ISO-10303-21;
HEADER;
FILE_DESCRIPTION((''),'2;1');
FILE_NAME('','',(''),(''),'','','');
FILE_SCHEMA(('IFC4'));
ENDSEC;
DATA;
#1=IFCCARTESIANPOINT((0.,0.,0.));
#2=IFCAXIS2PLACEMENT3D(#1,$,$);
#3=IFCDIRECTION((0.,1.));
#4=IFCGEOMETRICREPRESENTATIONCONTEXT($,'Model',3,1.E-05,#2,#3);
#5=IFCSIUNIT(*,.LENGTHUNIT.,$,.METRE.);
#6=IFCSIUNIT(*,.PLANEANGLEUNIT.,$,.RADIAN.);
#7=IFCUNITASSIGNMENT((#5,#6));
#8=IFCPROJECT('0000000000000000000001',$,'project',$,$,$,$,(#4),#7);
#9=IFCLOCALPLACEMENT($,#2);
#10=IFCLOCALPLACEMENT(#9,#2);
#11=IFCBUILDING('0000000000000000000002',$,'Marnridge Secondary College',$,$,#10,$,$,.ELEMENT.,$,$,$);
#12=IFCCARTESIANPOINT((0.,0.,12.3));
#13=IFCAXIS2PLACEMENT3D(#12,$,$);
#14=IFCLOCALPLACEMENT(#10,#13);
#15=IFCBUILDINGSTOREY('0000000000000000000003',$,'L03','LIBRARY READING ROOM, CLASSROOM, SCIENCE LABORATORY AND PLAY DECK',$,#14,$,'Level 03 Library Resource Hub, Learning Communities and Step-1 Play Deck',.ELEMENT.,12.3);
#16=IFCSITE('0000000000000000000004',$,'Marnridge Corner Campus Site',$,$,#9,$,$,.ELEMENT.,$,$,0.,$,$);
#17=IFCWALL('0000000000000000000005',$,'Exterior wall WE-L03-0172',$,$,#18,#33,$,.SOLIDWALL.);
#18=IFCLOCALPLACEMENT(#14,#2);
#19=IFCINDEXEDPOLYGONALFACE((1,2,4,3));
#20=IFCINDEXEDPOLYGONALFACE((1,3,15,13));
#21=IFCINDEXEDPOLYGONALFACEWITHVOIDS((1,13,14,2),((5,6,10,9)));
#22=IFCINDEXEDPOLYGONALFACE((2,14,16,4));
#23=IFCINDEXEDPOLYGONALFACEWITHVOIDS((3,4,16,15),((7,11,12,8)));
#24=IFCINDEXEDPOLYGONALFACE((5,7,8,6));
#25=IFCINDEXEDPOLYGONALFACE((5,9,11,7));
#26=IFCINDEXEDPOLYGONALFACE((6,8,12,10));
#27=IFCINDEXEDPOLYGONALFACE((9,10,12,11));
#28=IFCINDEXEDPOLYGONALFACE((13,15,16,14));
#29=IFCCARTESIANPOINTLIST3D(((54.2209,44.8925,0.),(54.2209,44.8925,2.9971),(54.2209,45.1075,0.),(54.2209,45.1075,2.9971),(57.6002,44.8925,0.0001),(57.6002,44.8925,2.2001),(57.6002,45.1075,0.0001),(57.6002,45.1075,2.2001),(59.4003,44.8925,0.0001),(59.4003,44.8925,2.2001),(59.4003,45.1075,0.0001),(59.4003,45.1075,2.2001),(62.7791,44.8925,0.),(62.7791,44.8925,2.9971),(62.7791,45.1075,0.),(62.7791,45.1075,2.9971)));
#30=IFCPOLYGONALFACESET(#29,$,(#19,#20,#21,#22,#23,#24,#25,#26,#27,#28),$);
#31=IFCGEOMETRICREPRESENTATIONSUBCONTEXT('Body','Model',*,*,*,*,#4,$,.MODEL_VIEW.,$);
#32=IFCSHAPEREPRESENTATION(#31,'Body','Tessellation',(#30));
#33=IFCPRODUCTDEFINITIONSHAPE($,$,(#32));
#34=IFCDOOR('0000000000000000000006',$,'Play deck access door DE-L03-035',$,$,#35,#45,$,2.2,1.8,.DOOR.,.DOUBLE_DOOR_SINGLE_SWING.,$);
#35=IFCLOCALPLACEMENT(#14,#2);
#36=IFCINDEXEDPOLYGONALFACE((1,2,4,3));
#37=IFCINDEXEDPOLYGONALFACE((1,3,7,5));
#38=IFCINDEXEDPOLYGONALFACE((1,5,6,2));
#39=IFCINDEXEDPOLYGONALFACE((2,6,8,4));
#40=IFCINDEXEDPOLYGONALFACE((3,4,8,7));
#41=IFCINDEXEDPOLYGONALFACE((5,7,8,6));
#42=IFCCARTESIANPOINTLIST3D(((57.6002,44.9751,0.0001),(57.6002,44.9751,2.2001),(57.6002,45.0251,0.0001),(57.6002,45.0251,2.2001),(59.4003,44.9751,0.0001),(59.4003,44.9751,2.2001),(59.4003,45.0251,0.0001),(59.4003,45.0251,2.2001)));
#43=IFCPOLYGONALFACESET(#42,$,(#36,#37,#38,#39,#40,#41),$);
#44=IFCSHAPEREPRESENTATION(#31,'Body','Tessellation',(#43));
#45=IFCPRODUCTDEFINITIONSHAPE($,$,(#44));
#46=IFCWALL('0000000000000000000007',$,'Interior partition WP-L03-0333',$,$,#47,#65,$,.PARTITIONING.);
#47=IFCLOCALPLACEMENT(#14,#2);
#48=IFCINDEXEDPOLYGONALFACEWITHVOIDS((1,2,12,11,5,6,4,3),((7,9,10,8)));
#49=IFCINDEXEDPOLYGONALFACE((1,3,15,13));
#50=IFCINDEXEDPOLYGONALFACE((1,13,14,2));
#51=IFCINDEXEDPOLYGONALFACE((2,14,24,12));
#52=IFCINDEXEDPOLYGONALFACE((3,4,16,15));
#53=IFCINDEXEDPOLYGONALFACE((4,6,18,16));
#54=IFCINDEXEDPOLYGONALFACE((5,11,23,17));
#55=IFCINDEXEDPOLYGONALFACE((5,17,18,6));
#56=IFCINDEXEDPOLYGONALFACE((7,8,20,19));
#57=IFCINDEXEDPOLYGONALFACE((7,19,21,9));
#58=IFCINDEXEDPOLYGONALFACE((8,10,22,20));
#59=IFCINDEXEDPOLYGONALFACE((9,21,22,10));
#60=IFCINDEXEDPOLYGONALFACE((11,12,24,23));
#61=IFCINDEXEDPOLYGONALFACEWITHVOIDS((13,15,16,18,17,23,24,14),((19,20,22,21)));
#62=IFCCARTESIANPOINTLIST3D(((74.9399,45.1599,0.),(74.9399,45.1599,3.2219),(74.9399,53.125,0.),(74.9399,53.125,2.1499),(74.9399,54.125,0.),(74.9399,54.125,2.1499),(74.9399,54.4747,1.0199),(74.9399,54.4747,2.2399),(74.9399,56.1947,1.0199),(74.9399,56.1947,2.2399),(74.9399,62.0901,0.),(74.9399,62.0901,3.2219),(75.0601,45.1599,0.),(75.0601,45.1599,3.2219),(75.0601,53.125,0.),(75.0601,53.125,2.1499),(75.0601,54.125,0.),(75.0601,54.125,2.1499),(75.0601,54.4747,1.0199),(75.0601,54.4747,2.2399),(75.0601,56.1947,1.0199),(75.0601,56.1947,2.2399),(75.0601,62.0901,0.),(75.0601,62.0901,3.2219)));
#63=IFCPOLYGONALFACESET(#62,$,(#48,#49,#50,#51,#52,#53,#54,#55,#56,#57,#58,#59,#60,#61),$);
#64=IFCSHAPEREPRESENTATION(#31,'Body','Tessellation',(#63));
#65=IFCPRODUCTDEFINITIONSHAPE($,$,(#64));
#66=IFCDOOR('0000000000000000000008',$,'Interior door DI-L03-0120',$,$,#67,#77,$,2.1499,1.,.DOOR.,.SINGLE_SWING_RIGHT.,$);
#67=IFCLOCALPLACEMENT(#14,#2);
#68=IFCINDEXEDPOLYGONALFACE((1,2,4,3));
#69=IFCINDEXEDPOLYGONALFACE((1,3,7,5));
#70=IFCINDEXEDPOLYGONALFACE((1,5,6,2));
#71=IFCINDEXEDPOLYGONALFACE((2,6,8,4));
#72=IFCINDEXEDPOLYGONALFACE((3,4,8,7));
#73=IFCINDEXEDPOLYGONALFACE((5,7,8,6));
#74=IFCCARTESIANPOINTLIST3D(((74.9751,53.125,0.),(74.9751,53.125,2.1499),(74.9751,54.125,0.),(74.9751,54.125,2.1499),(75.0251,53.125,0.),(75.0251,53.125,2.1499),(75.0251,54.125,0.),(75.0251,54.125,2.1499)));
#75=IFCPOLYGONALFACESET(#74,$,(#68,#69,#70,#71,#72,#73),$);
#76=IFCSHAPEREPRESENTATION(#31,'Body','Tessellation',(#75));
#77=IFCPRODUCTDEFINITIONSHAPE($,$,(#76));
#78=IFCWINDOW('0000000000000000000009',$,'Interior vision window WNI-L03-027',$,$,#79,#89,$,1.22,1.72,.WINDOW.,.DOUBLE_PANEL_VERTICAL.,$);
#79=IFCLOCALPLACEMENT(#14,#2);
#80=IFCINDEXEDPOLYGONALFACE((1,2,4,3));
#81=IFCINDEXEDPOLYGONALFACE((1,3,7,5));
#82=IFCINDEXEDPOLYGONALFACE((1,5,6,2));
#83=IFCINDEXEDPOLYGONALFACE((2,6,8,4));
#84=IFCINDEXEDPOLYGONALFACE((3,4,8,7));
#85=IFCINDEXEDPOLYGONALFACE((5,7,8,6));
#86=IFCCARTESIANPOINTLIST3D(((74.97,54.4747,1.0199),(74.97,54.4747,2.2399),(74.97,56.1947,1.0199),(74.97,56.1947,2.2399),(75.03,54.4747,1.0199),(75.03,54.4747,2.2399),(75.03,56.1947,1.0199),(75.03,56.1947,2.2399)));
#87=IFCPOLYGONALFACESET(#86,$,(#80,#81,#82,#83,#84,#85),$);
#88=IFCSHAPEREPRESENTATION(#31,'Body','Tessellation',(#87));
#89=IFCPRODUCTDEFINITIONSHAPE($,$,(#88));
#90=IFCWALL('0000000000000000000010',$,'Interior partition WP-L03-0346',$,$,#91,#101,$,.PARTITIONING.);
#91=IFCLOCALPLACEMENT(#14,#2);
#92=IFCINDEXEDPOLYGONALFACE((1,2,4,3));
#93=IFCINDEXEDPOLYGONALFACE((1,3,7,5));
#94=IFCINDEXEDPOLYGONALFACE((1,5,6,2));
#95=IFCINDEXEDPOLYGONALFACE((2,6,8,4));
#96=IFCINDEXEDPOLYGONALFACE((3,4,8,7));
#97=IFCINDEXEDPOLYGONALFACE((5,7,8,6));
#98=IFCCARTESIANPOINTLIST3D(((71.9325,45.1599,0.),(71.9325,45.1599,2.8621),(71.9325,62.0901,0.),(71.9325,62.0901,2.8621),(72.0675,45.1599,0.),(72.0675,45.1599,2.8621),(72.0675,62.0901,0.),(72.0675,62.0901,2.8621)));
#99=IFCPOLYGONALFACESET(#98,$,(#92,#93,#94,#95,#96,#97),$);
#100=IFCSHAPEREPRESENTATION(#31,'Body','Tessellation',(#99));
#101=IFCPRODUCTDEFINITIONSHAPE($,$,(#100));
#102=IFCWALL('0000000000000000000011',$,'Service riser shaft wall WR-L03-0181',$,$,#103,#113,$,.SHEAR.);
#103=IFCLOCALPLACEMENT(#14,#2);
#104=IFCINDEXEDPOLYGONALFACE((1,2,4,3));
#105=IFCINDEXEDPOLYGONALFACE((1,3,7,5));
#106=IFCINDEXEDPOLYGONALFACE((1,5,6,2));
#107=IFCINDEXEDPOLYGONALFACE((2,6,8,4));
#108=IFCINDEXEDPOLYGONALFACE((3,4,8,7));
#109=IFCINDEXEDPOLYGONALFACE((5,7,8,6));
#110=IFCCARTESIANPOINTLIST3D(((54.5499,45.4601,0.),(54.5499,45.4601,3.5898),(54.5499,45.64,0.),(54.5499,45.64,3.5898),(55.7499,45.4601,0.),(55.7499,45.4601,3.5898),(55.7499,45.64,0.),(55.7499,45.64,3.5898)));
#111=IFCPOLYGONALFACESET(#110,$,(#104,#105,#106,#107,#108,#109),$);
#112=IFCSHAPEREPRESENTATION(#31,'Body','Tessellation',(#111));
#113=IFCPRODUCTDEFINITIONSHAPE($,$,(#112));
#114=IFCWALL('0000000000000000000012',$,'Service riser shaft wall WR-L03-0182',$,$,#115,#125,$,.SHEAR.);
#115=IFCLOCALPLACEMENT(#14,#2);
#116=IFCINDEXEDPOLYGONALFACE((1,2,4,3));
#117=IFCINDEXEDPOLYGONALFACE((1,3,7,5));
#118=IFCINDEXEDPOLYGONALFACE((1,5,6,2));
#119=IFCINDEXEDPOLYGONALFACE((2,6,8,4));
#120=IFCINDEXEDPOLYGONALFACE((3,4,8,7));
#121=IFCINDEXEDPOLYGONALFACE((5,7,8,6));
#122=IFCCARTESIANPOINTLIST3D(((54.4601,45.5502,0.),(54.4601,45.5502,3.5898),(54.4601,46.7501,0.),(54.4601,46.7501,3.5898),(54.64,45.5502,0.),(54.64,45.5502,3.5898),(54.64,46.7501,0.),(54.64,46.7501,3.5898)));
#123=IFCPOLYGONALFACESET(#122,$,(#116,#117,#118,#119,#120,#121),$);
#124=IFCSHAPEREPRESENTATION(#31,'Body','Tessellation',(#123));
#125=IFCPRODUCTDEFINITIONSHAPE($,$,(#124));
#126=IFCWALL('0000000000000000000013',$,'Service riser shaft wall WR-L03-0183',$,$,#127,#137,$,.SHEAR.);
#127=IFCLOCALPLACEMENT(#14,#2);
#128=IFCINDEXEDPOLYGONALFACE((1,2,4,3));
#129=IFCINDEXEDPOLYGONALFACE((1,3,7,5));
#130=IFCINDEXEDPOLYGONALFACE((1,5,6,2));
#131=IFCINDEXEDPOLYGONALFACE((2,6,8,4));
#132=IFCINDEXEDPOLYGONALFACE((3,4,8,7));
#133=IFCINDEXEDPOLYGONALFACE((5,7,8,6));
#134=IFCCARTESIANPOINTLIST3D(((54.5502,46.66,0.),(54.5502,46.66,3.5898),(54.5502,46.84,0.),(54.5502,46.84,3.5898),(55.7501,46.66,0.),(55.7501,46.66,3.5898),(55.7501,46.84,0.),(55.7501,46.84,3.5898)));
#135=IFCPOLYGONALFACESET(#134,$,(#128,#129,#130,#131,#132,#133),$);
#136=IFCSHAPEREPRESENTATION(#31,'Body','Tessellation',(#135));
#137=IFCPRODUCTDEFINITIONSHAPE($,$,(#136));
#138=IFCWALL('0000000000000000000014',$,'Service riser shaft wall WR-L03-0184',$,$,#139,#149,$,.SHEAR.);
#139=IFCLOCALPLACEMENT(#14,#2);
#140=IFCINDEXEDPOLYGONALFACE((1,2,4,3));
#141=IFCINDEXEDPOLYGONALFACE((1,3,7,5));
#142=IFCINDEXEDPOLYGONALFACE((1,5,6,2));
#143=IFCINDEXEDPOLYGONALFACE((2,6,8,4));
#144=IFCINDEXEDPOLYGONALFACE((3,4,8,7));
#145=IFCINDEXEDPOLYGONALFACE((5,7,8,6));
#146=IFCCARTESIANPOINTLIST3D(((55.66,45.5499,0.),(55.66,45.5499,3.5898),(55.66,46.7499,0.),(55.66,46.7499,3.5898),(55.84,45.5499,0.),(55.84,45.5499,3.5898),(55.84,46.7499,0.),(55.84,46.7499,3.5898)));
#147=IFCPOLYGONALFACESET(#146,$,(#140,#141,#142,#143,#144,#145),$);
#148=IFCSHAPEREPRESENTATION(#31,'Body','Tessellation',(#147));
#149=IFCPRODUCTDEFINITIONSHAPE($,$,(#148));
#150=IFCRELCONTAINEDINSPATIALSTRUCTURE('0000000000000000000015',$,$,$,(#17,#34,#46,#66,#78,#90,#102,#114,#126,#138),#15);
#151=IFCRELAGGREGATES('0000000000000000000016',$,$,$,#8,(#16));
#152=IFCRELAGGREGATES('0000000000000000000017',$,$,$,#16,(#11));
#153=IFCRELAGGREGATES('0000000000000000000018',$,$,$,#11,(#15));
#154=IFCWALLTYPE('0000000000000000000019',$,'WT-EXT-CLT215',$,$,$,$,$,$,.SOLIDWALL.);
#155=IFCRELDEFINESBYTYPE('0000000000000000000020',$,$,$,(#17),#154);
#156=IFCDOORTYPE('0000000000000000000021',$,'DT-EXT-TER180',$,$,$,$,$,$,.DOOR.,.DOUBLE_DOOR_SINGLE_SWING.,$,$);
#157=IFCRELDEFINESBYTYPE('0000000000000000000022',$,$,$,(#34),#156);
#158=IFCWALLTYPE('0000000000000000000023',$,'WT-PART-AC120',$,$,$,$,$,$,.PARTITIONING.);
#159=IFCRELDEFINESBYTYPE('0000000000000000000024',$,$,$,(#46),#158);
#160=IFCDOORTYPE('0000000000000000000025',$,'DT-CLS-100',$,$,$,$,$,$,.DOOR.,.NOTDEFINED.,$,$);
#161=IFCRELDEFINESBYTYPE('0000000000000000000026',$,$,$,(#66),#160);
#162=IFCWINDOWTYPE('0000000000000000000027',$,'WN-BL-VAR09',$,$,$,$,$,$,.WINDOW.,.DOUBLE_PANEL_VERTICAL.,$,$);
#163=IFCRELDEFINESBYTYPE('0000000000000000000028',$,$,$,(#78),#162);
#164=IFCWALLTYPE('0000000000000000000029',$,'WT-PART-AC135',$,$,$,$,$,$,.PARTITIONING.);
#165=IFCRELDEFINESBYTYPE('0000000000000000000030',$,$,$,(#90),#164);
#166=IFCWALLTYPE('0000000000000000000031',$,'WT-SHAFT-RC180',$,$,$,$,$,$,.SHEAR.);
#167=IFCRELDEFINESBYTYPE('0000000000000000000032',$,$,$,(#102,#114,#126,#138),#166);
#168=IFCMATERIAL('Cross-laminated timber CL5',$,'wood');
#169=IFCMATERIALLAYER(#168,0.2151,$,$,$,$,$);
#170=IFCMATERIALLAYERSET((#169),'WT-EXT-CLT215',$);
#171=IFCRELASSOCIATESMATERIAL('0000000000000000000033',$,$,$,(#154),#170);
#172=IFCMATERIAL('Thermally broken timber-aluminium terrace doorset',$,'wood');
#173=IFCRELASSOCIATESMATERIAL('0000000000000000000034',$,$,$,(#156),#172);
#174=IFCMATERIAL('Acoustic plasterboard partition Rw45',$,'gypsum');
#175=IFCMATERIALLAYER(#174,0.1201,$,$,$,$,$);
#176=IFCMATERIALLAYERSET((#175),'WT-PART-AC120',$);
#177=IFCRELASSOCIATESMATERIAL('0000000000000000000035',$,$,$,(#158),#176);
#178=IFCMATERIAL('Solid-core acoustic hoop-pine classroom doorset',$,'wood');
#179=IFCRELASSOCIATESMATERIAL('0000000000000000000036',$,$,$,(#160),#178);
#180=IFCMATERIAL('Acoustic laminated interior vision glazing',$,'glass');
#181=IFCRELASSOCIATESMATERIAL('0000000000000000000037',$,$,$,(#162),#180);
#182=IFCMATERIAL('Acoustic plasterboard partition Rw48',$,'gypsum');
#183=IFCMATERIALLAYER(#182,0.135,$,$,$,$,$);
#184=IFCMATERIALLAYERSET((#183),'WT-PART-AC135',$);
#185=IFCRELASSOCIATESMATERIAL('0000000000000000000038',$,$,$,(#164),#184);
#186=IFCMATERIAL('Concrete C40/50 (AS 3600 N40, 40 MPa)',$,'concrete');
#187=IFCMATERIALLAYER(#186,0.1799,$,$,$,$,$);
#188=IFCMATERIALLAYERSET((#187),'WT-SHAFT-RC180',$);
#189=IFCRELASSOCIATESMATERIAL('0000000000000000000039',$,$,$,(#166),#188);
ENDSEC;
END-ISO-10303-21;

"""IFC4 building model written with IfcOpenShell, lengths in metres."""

from ifc_helpers import new_model, si_unit, direction, frame, frame_2d, origin, place, context, subcontext, project, spatial, rectangle, extrude, material, layer, layer_set, type_object, element, fill, save


model = new_model("IFC4")

# Units and contexts
model_context = context("Model", 3, precision=1e-05, world=origin(), true_north=direction((0.0, 1.0)))
body_context = subcontext(model_context, "Body", "Model", "MODEL_VIEW")
ifc_project = project(units=[si_unit("LENGTHUNIT", "METRE"), si_unit("PLANEANGLEUNIT", "RADIAN")], contexts=[model_context])

# Site, building, storey
site_placement = place(None, origin())
site = spatial("IfcSite", under=ifc_project, at=site_placement, Name="Marnridge Corner Campus Site", CompositionType="ELEMENT", RefElevation=0.0)
building_placement = place(site_placement, origin())
building = spatial("IfcBuilding", under=site, at=building_placement, Name="Marnridge Secondary College", CompositionType="ELEMENT")
storey_placement = place(building_placement, frame((0.0, 0.0, 12.3)))
storey = spatial("IfcBuildingStorey", under=building, at=storey_placement, Name="L03", Description="LIBRARY READING ROOM, CLASSROOM, SCIENCE LABORATORY AND PLAY DECK", LongName="Level 03 Library Resource Hub, Learning Communities and Step-1 Play Deck", CompositionType="ELEMENT", Elevation=12.3)

# Wall, opening, door
ifc_material_1 = material(Name="Cross-laminated timber CL5", Category="wood")
ifc_layer_1 = layer(ifc_material_1, 0.2151)
ifc_layer_set_1 = layer_set([ifc_layer_1], Name="WT-EXT-CLT215")
wall_type_1 = type_object("IfcWallType", Name="WT-EXT-CLT215", PredefinedType="SOLIDWALL", material=ifc_layer_set_1)
ifc_material_2 = material(Name="Thermally broken timber-aluminium terrace doorset", Category="wood")
door_type_1 = type_object("IfcDoorType", Name="DT-EXT-TER180", OperationType="DOUBLE_DOOR_SINGLE_SWING", PredefinedType="DOOR", material=ifc_material_2)
wall_1_placement = place(storey_placement, frame((62.7791, 45.0, 0.0), z_axis=(0.0, 0.0, 1.0), x_axis=(-1.0, 0.0, 0.0)))
wall_1 = element("IfcWall", 1, at=wall_1_placement, inside=storey, type_object=wall_type_1, Name="Exterior wall WE-L03-0172", PredefinedType="SOLIDWALL", context=body_context, shape_type="SweptSolid", body=[
    extrude(rectangle(XDim=8.5581, YDim=0.2151, at=frame_2d((4.2791, 0.0))), origin(), (0.0, 0.0, 1.0), 2.9971),
])
opening_1_placement = place(wall_1_placement, frame((3.3789, 0.0, 0.0)))
opening_1 = element("IfcOpeningElement", 2, at=opening_1_placement, cuts=wall_1, PredefinedType="OPENING", context=body_context, shape_type="SweptSolid", body=[
    extrude(rectangle(XDim=1.8, YDim=2.2, at=frame_2d((0.8999, 1.1001))), frame((0.0, 0.1174, 0.0), z_axis=(0.0, -1.0, 0.0), x_axis=(1.0, 0.0, 0.0)), (0.0, 0.0, 1.0), 0.2351),
])
door_1_placement = place(opening_1_placement, origin())
door_1 = element("IfcDoor", 3, at=door_1_placement, inside=storey, type_object=door_type_1, Name="Play deck access door DE-L03-035", OperationType="DOUBLE_DOOR_SINGLE_SWING", OverallHeight=2.2, OverallWidth=1.8, PredefinedType="DOOR", context=body_context, shape_type="SweptSolid", body=[
    extrude(rectangle(XDim=1.8, YDim=2.2, at=frame_2d((0.8999, 1.1001))), frame((0.0, 0.0249, 0.0), z_axis=(0.0, -1.0, 0.0), x_axis=(1.0, 0.0, 0.0)), (0.0, 0.0, 1.0), 0.05),
])
fill(opening_1, door_1)

# Wall, openings, door, window
ifc_material_3 = material(Name="Acoustic plasterboard partition Rw45", Category="gypsum")
ifc_layer_2 = layer(ifc_material_3, 0.1201)
ifc_layer_set_2 = layer_set([ifc_layer_2], Name="WT-PART-AC120")
wall_type_2 = type_object("IfcWallType", Name="WT-PART-AC120", PredefinedType="PARTITIONING", material=ifc_layer_set_2)
wall_2_placement = place(storey_placement, frame((75.0, 45.1599, 0.0), z_axis=(0.0, 0.0, 1.0), x_axis=(0.0, 1.0, 0.0)))
wall_2 = element("IfcWall", 4, at=wall_2_placement, inside=storey, type_object=wall_type_2, Name="Interior partition WP-L03-0333", PredefinedType="PARTITIONING", context=body_context, shape_type="SweptSolid", body=[
    extrude(rectangle(XDim=16.9302, YDim=0.1201, at=frame_2d((8.4651, 0.0))), origin(), (0.0, 0.0, 1.0), 3.2219),
])
opening_2_placement = place(wall_2_placement, frame((7.9651, 0.0, 0.0)))
opening_2 = element("IfcOpeningElement", 5, at=opening_2_placement, cuts=wall_2, PredefinedType="OPENING", context=body_context, shape_type="SweptSolid", body=[
    extrude(rectangle(XDim=1.0, YDim=2.1499, at=frame_2d((0.5, 1.075))), frame((0.0, 0.0701, 0.0), z_axis=(0.0, -1.0, 0.0), x_axis=(1.0, 0.0, 0.0)), (0.0, 0.0, 1.0), 0.1401),
])
opening_3_placement = place(wall_2_placement, frame((9.3149, 0.0, 1.02)))
opening_3 = element("IfcOpeningElement", 6, at=opening_3_placement, cuts=wall_2, PredefinedType="OPENING", context=body_context, shape_type="SweptSolid", body=[
    extrude(rectangle(XDim=1.72, YDim=1.22, at=frame_2d((0.8599, 0.6099))), frame((0.0, 0.0701, 0.0), z_axis=(0.0, -1.0, 0.0), x_axis=(1.0, 0.0, 0.0)), (0.0, 0.0, 1.0), 0.1401),
])
ifc_material_4 = material(Name="Solid-core acoustic hoop-pine classroom doorset", Category="wood")
door_type_2 = type_object("IfcDoorType", Name="DT-CLS-100", OperationType="NOTDEFINED", PredefinedType="DOOR", material=ifc_material_4)
door_2_placement = place(opening_2_placement, origin())
door_2 = element("IfcDoor", 7, at=door_2_placement, inside=storey, type_object=door_type_2, Name="Interior door DI-L03-0120", OperationType="SINGLE_SWING_RIGHT", OverallHeight=2.1499, OverallWidth=1.0, PredefinedType="DOOR", context=body_context, shape_type="SweptSolid", body=[
    extrude(rectangle(XDim=1.0, YDim=2.1499, at=frame_2d((0.5, 1.075))), frame((0.0, 0.0249, 0.0), z_axis=(0.0, -1.0, 0.0), x_axis=(1.0, 0.0, 0.0)), (0.0, 0.0, 1.0), 0.05),
])
fill(opening_2, door_2)
ifc_material_5 = material(Name="Acoustic laminated interior vision glazing", Category="glass")
window_type = type_object("IfcWindowType", Name="WN-BL-VAR09", PartitioningType="DOUBLE_PANEL_VERTICAL", PredefinedType="WINDOW", material=ifc_material_5)
window_placement = place(opening_3_placement, origin())
window = element("IfcWindow", 8, at=window_placement, inside=storey, type_object=window_type, Name="Interior vision window WNI-L03-027", OverallHeight=1.22, OverallWidth=1.72, PartitioningType="DOUBLE_PANEL_VERTICAL", PredefinedType="WINDOW", context=body_context, shape_type="SweptSolid", body=[
    extrude(rectangle(XDim=1.72, YDim=1.22, at=frame_2d((0.8599, 0.6099))), frame((0.0, 0.03, 0.0), z_axis=(0.0, -1.0, 0.0), x_axis=(1.0, 0.0, 0.0)), (0.0, 0.0, 1.0), 0.0601),
])
fill(opening_3, window)

# Walls
ifc_material_6 = material(Name="Acoustic plasterboard partition Rw48", Category="gypsum")
ifc_layer_3 = layer(ifc_material_6, 0.135)
ifc_layer_set_3 = layer_set([ifc_layer_3], Name="WT-PART-AC135")
wall_type_3 = type_object("IfcWallType", Name="WT-PART-AC135", PredefinedType="PARTITIONING", material=ifc_layer_set_3)
wall_3_placement = place(storey_placement, frame((72.0, 45.1599, 0.0), z_axis=(0.0, 0.0, 1.0), x_axis=(0.0, 1.0, 0.0)))
element("IfcWall", 9, at=wall_3_placement, inside=storey, type_object=wall_type_3, Name="Interior partition WP-L03-0346", PredefinedType="PARTITIONING", context=body_context, shape_type="SweptSolid", body=[
    extrude(rectangle(XDim=16.9302, YDim=0.135, at=frame_2d((8.4651, 0.0))), origin(), (0.0, 0.0, 1.0), 2.8621),
])
ifc_material_7 = material(Name="Concrete C40/50 (AS 3600 N40, 40 MPa)", Category="concrete")
ifc_layer_4 = layer(ifc_material_7, 0.1799)
ifc_layer_set_4 = layer_set([ifc_layer_4], Name="WT-SHAFT-RC180")
wall_type_4 = type_object("IfcWallType", Name="WT-SHAFT-RC180", PredefinedType="SHEAR", material=ifc_layer_set_4)
for number, where, z_axis, x_axis, name in (
    (10, (55.75, 45.55, 0.0), (0.0, 0.0, 1.0), (-1.0, 0.0, 0.0), "Service riser shaft wall WR-L03-0181"),
    (11, (54.55, 45.55, 0.0), (0.0, 0.0, 1.0), (0.0, 1.0, 0.0), "Service riser shaft wall WR-L03-0182"),
    (12, (54.55, 46.75, 0.0), (0.0, 0.0, 1.0), (1.0, 0.0, 0.0), "Service riser shaft wall WR-L03-0183"),
    (13, (55.75, 46.75, 0.0), (0.0, 0.0, 1.0), (0.0, -1.0, 0.0), "Service riser shaft wall WR-L03-0184"),
):
    element("IfcWall", number, at=place(storey_placement, frame(where, z_axis=z_axis, x_axis=x_axis)), inside=storey, type_object=wall_type_4, Name=name, PredefinedType="SHEAR", context=body_context, shape_type="SweptSolid", body=[
        extrude(rectangle(XDim=1.2, YDim=0.1799, at=frame_2d((0.6001, 0.0))), origin(), (0.0, 0.0, 1.0), 3.5898),
    ])

save(model, "model.ifc")
